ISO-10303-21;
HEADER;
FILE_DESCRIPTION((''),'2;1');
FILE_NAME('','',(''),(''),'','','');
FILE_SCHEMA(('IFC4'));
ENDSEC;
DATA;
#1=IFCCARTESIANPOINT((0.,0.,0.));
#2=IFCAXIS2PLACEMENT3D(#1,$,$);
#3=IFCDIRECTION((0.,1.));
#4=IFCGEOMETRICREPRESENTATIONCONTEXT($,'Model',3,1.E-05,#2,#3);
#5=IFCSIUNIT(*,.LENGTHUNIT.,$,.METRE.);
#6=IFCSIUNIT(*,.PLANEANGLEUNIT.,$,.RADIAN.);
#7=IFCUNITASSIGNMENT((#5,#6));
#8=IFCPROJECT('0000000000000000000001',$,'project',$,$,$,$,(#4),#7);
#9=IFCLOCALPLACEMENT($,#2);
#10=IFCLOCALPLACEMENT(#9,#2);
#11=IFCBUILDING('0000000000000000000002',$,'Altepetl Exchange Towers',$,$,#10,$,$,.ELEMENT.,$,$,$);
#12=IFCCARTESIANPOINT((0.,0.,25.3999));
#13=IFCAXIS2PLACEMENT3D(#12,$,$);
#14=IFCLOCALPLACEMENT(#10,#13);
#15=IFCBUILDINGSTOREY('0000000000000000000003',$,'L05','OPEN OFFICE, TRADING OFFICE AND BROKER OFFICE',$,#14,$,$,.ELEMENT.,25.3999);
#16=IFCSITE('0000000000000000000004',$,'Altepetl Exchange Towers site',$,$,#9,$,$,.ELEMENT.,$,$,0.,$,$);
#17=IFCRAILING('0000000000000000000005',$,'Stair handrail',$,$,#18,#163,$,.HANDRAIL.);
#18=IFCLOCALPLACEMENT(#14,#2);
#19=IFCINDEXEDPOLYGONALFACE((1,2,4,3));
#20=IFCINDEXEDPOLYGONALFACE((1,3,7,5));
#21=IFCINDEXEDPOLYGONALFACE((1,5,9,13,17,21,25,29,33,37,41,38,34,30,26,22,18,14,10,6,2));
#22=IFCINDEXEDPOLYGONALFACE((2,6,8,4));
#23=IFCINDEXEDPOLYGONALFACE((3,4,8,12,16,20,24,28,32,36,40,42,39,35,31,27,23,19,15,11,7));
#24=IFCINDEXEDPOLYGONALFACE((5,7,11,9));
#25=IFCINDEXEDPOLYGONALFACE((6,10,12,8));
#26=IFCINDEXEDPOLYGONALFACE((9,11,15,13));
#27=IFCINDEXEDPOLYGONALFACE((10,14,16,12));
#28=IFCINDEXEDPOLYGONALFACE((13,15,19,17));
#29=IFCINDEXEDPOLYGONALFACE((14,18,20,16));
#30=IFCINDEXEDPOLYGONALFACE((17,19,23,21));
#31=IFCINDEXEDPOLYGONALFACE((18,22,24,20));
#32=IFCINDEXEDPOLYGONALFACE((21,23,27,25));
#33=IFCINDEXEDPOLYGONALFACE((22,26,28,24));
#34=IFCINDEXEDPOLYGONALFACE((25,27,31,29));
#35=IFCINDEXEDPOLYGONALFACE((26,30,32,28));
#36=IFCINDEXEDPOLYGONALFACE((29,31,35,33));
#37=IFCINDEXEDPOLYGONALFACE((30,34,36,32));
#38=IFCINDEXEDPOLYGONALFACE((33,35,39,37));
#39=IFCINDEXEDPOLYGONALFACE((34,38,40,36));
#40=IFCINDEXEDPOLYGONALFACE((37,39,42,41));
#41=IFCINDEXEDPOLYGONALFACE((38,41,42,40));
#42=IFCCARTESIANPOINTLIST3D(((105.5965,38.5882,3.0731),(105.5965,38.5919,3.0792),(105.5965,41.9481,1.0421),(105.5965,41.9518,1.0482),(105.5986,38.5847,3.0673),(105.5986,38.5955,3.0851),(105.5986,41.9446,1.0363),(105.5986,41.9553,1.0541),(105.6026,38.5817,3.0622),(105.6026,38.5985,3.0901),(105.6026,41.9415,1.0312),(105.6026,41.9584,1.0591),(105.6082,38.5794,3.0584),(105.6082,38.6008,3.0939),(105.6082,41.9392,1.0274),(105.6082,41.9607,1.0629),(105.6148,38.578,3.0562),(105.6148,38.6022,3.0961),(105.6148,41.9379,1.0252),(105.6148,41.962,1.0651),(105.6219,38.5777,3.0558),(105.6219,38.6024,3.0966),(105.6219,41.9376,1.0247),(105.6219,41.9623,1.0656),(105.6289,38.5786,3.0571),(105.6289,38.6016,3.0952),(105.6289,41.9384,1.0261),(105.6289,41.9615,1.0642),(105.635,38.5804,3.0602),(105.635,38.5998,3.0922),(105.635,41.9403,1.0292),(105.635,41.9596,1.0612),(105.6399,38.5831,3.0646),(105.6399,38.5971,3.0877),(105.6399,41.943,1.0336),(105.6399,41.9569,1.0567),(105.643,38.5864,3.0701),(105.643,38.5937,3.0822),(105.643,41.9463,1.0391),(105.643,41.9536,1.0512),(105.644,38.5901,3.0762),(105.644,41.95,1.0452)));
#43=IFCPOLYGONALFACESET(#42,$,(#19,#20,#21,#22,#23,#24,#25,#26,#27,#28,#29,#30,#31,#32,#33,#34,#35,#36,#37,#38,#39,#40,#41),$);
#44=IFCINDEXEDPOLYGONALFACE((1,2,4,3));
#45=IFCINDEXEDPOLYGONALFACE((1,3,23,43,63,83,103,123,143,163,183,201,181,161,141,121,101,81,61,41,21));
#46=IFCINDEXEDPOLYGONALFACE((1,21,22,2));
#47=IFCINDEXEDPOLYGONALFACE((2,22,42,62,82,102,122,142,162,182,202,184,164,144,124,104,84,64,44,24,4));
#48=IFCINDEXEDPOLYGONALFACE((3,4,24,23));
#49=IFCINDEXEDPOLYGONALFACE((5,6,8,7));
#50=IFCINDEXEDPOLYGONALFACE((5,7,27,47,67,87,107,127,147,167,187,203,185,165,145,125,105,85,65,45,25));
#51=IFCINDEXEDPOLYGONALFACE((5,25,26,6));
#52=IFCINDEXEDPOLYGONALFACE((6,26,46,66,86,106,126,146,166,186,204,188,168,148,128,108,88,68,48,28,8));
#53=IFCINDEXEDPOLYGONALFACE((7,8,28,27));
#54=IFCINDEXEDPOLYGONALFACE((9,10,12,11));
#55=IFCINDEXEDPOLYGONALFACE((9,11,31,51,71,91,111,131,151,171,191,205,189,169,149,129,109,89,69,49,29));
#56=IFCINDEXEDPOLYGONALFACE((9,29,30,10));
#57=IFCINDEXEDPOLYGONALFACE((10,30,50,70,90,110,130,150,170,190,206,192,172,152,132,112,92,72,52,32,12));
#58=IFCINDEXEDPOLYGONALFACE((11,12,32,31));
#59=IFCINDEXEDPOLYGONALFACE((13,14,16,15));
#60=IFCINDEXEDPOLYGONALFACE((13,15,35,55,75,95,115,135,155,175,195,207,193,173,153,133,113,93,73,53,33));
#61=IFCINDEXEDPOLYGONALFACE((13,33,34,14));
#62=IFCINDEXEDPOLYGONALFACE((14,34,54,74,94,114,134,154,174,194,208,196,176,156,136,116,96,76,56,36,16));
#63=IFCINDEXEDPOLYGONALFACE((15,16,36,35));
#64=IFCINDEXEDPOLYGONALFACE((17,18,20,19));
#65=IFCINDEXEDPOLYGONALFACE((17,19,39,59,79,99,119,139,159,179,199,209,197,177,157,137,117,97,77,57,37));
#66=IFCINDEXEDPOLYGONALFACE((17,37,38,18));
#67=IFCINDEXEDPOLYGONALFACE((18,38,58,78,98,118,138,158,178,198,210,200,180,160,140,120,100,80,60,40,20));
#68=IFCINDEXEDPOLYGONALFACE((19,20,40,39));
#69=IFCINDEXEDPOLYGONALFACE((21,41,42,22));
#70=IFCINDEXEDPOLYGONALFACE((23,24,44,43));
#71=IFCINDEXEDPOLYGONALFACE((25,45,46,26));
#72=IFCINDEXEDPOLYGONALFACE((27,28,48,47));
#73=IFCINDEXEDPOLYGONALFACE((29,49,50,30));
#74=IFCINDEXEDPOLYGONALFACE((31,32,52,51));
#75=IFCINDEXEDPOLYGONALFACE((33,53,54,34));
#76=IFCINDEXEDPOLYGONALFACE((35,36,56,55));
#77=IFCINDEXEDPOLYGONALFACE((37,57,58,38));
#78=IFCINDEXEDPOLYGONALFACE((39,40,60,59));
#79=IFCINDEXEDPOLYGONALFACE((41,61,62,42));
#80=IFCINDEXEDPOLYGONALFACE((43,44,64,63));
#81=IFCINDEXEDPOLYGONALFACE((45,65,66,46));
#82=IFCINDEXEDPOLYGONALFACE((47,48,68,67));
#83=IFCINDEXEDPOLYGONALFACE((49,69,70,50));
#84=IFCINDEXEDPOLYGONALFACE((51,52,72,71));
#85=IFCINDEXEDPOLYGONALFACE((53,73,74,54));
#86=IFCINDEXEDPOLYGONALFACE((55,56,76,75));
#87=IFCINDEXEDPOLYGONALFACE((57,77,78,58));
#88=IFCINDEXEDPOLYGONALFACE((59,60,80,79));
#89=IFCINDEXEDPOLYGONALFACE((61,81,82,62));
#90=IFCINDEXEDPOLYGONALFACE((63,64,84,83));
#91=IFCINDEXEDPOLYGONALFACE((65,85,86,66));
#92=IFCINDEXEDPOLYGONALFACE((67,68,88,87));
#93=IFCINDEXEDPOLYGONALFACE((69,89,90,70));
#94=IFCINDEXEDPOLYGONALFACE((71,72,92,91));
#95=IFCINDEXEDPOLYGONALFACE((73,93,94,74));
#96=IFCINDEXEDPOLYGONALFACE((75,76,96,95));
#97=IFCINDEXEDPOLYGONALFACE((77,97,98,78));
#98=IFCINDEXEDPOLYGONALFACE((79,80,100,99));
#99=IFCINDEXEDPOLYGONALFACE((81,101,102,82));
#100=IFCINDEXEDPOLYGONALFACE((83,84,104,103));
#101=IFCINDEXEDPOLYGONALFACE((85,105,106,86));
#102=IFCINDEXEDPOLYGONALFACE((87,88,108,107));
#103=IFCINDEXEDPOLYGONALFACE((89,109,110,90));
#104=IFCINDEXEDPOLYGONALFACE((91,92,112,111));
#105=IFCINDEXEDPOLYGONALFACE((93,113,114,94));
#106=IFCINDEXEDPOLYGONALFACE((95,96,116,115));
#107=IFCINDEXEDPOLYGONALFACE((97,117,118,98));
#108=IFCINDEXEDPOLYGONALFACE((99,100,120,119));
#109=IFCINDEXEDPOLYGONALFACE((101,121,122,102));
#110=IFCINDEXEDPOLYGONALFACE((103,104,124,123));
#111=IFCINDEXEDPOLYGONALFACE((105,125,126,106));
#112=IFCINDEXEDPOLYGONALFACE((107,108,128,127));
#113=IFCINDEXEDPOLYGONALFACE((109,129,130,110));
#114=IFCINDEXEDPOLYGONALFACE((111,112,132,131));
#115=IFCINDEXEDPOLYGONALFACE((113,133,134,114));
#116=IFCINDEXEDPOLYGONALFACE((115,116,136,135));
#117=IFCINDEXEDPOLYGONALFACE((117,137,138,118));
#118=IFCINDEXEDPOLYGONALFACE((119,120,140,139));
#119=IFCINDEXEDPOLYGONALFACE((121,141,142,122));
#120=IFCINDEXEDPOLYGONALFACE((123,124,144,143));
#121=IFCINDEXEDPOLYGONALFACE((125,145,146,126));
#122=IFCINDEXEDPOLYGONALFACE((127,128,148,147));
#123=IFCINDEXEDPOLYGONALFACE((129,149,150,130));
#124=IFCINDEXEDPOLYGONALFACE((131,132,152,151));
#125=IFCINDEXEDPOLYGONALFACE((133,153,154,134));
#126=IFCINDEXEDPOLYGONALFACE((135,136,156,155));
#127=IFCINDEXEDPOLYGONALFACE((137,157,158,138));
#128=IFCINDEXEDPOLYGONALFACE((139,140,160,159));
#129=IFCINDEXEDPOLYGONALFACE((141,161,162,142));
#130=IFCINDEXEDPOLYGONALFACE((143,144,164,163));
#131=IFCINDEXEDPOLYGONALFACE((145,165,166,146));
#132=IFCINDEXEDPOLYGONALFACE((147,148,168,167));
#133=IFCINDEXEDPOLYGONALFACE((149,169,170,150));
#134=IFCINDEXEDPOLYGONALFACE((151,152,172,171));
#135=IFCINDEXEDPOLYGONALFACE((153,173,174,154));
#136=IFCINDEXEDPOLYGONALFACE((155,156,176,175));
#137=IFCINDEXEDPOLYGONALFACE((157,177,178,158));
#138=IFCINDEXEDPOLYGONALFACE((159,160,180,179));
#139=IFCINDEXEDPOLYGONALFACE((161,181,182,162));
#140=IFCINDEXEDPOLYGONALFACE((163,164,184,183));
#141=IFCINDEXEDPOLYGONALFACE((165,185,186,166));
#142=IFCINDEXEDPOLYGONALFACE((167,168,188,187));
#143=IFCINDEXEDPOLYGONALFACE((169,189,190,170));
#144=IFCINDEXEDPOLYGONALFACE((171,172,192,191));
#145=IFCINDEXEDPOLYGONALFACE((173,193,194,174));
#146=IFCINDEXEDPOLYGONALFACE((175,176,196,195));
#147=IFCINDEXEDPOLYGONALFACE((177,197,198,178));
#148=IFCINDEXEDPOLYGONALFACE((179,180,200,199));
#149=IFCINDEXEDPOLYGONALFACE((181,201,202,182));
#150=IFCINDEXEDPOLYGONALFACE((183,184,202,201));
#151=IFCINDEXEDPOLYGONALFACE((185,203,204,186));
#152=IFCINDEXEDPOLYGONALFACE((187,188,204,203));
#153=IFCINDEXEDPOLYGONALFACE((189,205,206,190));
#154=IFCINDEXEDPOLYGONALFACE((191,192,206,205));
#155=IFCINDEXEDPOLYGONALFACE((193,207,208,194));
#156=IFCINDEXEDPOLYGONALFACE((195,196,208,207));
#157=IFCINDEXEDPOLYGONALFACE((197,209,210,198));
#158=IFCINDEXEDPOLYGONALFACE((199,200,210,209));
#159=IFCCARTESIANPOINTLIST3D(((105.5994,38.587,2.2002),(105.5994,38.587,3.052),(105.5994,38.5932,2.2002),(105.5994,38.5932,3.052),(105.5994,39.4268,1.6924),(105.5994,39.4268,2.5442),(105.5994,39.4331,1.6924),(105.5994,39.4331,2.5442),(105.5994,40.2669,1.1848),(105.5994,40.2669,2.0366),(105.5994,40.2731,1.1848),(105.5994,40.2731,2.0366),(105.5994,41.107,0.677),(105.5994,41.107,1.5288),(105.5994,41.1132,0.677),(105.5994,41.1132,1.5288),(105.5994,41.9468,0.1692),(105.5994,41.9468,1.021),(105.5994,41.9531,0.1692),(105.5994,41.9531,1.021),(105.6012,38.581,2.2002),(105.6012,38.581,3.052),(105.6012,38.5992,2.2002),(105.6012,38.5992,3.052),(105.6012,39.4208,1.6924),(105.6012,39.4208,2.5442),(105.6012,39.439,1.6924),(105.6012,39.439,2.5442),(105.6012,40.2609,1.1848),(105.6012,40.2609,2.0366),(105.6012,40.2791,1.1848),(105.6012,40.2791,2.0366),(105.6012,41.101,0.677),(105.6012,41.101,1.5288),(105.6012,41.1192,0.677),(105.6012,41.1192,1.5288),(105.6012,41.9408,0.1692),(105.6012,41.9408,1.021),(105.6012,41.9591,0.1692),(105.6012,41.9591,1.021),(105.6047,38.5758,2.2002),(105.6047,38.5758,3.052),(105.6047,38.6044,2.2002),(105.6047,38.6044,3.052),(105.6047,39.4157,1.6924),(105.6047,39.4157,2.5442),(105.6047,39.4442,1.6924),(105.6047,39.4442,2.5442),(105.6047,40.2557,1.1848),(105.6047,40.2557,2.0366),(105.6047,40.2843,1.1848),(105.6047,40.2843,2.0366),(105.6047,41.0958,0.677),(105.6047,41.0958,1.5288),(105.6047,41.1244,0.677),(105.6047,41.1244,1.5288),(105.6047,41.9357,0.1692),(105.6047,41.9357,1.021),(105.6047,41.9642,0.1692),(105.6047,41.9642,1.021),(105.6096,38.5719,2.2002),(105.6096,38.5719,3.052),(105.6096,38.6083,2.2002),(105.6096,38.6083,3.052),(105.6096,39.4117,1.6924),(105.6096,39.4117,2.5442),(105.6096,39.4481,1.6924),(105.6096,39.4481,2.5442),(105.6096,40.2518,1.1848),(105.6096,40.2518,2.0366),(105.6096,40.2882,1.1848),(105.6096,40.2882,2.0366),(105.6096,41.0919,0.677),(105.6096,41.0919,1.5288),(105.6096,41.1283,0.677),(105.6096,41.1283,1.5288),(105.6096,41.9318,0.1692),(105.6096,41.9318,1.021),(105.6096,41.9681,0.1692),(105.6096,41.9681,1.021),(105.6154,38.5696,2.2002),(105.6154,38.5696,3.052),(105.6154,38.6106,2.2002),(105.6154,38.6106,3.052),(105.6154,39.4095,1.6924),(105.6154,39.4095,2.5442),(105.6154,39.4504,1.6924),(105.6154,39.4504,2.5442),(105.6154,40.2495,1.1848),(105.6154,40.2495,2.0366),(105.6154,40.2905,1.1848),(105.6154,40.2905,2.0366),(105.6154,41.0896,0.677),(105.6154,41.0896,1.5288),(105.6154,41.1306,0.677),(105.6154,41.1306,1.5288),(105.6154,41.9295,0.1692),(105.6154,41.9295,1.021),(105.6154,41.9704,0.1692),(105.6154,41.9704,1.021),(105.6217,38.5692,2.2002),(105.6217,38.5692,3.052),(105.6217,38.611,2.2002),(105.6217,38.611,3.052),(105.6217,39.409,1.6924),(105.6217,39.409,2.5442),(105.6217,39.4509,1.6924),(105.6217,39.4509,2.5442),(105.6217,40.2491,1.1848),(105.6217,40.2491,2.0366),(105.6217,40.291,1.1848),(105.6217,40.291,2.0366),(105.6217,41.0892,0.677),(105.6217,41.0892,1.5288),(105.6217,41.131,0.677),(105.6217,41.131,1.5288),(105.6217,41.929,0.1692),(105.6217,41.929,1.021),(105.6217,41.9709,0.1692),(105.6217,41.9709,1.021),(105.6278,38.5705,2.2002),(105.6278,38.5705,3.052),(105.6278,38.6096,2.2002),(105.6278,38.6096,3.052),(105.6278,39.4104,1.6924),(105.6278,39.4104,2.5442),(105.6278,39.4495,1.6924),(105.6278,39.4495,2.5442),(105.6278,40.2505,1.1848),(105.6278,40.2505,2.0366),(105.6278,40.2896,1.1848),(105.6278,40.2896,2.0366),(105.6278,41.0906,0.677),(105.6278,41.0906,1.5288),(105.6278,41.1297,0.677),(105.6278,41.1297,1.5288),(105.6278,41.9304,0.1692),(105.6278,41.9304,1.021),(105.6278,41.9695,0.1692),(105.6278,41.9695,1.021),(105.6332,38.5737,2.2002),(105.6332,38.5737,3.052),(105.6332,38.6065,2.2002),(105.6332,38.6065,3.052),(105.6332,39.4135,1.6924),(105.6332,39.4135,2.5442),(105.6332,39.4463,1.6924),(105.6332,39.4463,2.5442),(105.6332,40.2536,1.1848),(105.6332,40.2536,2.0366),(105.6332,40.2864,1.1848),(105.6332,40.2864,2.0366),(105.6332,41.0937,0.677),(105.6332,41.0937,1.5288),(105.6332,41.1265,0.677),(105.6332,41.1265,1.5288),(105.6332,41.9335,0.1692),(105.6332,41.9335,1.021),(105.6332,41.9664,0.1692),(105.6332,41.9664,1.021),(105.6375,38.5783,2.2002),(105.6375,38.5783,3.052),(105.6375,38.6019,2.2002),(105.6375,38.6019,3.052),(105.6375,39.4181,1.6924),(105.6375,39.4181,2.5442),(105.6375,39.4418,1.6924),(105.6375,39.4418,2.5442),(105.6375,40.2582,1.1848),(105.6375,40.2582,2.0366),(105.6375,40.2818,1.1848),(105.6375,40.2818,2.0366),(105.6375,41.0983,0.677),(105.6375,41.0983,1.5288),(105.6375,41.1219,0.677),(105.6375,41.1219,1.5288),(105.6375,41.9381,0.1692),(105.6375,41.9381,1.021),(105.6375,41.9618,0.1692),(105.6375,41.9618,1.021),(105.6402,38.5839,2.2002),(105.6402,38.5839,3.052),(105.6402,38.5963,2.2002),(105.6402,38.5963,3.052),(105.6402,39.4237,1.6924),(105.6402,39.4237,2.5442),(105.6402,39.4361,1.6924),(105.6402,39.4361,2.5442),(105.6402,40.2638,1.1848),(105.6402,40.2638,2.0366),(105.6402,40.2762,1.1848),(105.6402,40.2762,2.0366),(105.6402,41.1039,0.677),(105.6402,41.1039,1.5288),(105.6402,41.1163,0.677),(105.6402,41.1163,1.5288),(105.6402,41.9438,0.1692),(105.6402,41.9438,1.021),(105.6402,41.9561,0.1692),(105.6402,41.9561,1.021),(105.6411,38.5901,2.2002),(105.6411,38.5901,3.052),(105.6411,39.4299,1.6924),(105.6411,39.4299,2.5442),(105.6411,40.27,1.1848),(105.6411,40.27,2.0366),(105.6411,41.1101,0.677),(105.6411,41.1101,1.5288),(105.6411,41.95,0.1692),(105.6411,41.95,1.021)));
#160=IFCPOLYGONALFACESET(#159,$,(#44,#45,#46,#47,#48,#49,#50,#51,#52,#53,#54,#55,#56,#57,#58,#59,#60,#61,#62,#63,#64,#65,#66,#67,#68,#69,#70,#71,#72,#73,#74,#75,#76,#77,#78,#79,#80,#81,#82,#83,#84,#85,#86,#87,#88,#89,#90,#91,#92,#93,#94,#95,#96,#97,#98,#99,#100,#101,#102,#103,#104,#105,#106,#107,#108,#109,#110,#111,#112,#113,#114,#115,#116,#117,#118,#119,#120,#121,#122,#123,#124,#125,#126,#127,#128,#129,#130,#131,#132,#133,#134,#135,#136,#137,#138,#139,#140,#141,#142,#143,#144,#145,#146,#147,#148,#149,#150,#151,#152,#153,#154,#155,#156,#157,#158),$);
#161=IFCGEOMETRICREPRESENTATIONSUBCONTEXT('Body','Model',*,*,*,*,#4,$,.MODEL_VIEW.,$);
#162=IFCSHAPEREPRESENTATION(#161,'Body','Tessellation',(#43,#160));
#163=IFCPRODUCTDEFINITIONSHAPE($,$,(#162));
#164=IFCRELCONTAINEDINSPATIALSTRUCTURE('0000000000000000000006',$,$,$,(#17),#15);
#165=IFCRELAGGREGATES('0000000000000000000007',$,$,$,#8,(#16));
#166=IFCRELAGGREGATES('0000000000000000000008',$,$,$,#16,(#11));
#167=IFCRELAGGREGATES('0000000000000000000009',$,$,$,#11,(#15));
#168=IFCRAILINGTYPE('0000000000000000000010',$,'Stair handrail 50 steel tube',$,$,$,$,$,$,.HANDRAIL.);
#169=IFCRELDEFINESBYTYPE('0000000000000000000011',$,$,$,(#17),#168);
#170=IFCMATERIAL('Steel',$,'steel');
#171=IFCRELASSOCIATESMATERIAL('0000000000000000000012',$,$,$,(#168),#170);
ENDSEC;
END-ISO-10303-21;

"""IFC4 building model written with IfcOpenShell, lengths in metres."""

from ifc_helpers import new_model, si_unit, direction, frame, origin, origin_2d, place, context, subcontext, project, spatial, circle, extrude, source, transform, mapped, material, type_object, element, save


model = new_model("IFC4")

# Units and contexts
model_context = context("Model", 3, precision=1e-05, world=origin(), true_north=direction((0.0, 1.0)))
body_context = subcontext(model_context, "Body", "Model", "MODEL_VIEW")
ifc_project = project(units=[si_unit("LENGTHUNIT", "METRE"), si_unit("PLANEANGLEUNIT", "RADIAN")], contexts=[model_context])

# Site, building, storey
site_placement = place(None, origin())
site = spatial("IfcSite", under=ifc_project, at=site_placement, Name="Altepetl Exchange Towers site", CompositionType="ELEMENT", RefElevation=0.0)
building_placement = place(site_placement, origin())
building = spatial("IfcBuilding", under=site, at=building_placement, Name="Altepetl Exchange Towers", CompositionType="ELEMENT")
storey_placement = place(building_placement, frame((0.0, 0.0, 25.3999)))
storey = spatial("IfcBuildingStorey", under=building, at=storey_placement, Name="L05", Description="OPEN OFFICE, TRADING OFFICE AND BROKER OFFICE", CompositionType="ELEMENT", Elevation=25.3999)

# Railing
ifc_material_1 = material(Name="Steel", Category="steel")
railing_type = type_object("IfcRailingType", Name="Stair handrail 50 steel tube", PredefinedType="HANDRAIL", material=ifc_material_1)
shared_shape = source(origin(), body_context, "Body", "SweptSolid", [
    extrude(circle(Radius=0.021, at=origin_2d()), origin(), (0.0, 0.0, 1.0), 0.8518),
])
railing_1_placement = place(storey_placement, frame((105.6201, 41.95, 0.1692)))
element("IfcRailing", 1, at=railing_1_placement, inside=storey, type_object=railing_type, Name="Stair handrail", PredefinedType="HANDRAIL", context=body_context, shape_type="SweptSolid", body=[
    extrude(circle(Radius=0.0239, at=origin_2d()), frame((0.0, 0.0, 0.876), z_axis=(0.0, -0.855793, 0.517319), x_axis=(1.0, 0.0, 0.0)), (0.0, 0.0, 1.0), 3.926),
    mapped(shared_shape, transform((0.0, 0.0, 0.0))),
    mapped(shared_shape, transform((0.0, -0.8398, 0.5078))),
    mapped(shared_shape, transform((0.0, -1.6799, 1.0156))),
    mapped(shared_shape, transform((0.0, -2.52, 1.5232))),
    mapped(shared_shape, transform((0.0, -3.3599, 2.031))),
])

save(model, "model.ifc")
